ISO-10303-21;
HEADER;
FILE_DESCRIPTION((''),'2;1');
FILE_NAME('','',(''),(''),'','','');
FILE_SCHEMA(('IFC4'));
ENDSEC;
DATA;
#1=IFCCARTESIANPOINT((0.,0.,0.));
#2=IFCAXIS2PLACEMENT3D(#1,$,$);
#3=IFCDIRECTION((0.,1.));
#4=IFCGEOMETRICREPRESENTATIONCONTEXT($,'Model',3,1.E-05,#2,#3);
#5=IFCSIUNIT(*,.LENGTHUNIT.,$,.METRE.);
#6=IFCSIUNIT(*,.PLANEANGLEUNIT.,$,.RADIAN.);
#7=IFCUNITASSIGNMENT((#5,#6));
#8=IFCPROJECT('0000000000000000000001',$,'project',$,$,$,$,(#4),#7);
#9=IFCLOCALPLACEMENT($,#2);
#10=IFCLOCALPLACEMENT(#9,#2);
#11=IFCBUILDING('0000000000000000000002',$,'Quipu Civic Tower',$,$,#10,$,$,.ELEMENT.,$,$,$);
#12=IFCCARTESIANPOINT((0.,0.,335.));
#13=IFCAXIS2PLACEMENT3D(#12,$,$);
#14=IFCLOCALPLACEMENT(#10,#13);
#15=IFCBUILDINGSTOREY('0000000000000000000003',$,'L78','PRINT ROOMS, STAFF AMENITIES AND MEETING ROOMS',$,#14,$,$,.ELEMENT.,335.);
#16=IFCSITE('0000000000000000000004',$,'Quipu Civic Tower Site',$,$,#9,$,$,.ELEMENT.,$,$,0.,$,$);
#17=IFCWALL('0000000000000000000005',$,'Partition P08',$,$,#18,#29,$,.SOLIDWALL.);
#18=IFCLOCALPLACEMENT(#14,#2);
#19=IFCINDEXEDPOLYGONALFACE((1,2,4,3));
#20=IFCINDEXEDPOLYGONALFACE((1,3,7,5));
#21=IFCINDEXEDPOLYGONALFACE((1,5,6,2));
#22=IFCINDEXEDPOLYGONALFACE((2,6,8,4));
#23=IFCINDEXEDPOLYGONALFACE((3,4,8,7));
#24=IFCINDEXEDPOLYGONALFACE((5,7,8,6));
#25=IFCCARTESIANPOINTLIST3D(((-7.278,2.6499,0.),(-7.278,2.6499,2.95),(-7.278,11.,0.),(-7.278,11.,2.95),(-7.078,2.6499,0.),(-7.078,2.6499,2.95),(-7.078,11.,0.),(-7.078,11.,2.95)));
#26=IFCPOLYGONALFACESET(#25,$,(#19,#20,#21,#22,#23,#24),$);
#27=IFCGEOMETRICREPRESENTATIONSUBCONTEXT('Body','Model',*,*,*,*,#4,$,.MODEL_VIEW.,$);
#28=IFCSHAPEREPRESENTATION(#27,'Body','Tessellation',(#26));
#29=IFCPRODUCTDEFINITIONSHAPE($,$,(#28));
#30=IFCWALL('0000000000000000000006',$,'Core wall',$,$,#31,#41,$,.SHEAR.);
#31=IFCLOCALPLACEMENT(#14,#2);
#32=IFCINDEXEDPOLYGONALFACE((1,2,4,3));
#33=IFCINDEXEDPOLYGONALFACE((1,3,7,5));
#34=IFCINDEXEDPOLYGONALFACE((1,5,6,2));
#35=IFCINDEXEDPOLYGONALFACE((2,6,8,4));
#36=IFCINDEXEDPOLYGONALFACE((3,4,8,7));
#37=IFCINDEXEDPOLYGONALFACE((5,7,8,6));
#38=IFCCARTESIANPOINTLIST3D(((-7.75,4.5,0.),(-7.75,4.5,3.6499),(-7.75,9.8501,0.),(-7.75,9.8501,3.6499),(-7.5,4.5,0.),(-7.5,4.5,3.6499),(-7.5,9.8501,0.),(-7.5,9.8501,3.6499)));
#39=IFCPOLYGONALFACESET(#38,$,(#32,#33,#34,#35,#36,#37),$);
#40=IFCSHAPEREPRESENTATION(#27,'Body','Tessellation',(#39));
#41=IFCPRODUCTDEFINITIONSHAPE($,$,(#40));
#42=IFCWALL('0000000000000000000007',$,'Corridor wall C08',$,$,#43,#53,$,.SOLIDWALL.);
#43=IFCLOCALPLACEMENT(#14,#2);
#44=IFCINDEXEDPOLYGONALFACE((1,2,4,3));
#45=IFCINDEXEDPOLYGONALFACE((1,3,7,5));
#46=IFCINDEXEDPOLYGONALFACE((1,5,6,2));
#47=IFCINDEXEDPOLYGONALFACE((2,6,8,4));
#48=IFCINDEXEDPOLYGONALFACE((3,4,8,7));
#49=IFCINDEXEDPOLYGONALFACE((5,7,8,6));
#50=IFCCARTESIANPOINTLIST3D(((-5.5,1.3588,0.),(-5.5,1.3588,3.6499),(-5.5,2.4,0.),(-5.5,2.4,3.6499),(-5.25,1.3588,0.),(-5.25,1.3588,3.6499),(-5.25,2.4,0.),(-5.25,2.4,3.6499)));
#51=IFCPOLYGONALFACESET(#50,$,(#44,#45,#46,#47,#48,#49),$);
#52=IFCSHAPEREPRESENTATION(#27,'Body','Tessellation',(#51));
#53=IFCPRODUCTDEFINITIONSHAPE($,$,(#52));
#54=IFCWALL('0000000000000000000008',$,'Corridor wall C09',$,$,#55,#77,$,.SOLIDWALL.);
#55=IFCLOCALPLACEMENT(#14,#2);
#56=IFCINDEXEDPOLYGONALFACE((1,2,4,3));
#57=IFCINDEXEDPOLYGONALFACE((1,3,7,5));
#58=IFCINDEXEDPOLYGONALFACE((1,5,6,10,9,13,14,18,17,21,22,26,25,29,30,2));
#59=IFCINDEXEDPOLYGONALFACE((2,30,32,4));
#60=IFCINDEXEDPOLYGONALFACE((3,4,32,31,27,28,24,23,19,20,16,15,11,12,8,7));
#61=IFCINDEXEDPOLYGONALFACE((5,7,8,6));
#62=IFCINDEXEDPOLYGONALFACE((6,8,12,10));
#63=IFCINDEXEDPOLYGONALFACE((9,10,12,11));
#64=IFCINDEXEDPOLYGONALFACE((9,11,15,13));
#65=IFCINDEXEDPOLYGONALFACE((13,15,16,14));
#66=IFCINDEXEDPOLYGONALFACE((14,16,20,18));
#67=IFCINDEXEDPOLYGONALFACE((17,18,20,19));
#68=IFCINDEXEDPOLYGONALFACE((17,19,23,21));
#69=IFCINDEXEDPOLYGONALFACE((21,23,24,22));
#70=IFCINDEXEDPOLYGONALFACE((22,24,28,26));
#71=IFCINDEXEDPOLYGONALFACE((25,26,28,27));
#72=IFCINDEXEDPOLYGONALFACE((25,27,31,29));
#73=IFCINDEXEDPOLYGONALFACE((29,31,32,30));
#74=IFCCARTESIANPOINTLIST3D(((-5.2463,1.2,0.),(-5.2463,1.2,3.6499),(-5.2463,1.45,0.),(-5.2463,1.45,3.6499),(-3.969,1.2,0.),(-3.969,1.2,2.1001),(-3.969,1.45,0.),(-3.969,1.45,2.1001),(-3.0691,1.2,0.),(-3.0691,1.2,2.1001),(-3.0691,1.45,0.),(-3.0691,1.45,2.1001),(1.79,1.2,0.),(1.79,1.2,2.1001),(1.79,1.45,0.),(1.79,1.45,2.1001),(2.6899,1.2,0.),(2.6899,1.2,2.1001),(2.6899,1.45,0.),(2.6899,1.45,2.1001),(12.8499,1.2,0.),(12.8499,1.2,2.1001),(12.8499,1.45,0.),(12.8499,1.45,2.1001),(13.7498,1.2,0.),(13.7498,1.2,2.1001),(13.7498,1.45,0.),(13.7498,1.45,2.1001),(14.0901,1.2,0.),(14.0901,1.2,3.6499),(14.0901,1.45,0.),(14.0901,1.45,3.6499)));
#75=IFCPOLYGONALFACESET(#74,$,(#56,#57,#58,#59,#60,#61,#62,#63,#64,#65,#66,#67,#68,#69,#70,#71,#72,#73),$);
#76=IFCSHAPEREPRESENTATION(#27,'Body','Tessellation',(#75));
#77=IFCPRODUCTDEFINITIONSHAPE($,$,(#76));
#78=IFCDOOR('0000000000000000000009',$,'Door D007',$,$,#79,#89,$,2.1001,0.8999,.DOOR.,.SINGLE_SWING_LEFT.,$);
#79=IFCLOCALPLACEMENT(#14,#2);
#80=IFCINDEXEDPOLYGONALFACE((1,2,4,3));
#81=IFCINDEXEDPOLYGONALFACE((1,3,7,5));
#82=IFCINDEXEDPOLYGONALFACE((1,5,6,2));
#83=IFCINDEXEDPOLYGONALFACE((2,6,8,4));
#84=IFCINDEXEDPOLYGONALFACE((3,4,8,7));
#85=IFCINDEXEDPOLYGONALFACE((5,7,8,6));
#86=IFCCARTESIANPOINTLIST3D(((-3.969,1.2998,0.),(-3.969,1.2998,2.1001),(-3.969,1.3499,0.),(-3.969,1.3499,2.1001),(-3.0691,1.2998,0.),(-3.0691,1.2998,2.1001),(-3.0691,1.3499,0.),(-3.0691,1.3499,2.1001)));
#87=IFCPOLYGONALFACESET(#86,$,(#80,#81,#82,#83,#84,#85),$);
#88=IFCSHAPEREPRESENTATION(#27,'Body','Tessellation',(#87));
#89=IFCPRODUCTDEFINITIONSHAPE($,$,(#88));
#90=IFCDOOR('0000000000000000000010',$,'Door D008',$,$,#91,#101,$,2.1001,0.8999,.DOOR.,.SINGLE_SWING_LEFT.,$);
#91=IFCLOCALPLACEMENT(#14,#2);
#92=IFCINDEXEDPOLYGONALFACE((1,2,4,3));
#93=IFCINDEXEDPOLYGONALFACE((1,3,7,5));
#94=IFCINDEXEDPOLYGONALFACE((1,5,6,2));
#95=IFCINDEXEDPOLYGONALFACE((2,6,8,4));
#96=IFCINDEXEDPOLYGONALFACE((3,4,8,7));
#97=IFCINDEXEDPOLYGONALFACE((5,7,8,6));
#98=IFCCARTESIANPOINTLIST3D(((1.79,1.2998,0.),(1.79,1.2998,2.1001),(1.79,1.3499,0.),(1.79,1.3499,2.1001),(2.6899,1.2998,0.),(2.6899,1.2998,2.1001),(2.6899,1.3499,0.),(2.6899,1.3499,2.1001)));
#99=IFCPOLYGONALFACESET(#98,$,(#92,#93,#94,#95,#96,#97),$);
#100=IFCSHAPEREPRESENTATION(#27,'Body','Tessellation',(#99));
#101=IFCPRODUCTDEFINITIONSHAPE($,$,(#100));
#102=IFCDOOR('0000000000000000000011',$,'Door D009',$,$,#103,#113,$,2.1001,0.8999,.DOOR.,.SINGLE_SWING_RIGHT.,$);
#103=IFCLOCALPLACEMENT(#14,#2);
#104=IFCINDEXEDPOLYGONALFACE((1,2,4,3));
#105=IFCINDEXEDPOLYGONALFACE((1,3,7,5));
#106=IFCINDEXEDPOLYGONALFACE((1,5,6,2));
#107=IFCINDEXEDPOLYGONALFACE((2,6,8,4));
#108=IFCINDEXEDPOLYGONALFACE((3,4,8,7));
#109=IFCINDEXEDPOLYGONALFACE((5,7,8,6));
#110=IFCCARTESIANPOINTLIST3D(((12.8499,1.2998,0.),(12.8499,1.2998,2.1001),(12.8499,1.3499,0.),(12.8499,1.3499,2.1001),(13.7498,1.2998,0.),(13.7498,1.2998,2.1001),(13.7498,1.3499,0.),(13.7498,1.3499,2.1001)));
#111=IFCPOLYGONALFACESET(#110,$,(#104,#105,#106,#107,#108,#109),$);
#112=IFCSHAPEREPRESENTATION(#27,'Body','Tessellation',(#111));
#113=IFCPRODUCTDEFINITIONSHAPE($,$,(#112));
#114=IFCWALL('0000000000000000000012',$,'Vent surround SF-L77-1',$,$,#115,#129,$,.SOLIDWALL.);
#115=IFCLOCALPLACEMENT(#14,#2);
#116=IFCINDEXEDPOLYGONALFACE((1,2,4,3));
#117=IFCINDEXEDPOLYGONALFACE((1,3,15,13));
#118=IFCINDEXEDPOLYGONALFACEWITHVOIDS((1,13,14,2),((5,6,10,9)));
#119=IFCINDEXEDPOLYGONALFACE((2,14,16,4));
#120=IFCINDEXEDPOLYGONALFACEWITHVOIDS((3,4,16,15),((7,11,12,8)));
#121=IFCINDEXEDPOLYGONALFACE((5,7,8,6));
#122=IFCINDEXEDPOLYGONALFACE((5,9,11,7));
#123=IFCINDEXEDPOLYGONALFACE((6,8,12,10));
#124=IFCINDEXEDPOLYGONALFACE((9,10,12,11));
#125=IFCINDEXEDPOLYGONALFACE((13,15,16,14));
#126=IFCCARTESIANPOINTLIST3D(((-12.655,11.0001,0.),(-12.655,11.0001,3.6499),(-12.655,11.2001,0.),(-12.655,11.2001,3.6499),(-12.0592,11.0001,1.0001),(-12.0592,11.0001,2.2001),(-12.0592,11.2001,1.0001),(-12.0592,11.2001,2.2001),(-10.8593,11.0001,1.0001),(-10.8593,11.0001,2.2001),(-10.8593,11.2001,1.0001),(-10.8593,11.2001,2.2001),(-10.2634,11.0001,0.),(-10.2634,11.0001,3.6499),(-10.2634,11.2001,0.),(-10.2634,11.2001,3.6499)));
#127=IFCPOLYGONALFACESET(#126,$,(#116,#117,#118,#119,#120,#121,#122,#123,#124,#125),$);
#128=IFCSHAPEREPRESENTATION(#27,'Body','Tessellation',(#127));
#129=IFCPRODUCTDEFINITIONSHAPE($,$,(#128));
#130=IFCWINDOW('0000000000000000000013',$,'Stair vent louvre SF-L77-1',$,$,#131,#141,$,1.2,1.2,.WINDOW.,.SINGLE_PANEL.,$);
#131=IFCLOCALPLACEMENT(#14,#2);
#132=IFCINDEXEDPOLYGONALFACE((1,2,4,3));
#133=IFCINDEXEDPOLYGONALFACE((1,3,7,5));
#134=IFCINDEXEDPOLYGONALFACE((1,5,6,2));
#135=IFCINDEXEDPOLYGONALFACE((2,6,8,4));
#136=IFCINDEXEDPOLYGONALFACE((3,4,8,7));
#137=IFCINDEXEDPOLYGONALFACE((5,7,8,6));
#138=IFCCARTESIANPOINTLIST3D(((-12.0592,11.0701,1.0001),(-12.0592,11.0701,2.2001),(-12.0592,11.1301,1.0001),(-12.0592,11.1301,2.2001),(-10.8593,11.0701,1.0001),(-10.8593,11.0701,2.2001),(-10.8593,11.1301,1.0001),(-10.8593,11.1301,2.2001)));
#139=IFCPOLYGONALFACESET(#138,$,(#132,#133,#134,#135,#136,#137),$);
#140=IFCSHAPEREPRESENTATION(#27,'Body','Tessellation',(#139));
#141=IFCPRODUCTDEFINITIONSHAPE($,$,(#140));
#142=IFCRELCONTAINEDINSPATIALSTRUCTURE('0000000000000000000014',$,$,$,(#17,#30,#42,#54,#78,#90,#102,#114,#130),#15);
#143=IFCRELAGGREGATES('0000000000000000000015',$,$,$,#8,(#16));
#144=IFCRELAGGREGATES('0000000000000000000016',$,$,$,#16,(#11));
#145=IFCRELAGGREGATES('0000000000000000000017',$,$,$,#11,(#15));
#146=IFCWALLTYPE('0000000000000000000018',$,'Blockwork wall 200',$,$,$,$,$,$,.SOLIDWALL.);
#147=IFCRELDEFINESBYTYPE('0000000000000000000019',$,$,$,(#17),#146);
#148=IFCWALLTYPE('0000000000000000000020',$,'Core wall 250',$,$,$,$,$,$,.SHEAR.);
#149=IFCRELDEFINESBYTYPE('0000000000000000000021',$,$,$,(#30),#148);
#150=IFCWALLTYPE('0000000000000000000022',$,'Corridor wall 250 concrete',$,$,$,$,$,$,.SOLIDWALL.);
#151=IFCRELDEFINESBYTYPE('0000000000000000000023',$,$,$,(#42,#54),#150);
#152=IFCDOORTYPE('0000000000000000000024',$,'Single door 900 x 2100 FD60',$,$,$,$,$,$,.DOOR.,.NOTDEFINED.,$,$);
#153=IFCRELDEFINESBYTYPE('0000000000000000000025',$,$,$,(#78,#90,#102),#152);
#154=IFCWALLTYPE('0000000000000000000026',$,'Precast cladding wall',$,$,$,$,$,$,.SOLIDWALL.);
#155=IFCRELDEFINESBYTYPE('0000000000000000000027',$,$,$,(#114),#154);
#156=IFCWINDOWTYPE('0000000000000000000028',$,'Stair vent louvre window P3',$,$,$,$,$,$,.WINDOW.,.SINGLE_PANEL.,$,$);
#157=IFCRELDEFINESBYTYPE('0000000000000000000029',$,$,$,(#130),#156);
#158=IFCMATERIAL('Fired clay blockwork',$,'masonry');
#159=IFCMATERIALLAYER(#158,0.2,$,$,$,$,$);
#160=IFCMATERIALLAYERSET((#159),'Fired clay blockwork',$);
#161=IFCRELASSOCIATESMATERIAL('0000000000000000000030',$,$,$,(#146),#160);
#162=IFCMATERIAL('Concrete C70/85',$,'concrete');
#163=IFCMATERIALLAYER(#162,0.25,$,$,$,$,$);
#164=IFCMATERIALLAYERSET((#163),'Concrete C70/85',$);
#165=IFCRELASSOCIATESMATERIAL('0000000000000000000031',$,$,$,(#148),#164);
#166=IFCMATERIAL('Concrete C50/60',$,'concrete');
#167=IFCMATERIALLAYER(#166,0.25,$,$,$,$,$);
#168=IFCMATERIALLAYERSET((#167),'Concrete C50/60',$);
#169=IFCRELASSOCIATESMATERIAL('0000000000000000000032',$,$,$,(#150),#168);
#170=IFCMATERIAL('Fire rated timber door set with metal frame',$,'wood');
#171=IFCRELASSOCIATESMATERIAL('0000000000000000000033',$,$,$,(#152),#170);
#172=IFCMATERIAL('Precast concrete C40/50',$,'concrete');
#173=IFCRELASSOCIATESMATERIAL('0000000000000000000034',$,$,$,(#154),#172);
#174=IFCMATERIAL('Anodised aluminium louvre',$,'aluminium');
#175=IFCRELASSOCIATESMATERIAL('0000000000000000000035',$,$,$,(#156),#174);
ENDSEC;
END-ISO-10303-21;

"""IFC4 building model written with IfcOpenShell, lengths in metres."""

from ifc_helpers import new_model, si_unit, direction, frame, frame_2d, origin, place, context, subcontext, project, spatial, rectangle, extrude, material, layer, layer_set, type_object, element, fill, save


model = new_model("IFC4")

# Units and contexts
model_context = context("Model", 3, precision=1e-05, world=origin(), true_north=direction((0.0, 1.0)))
body_context = subcontext(model_context, "Body", "Model", "MODEL_VIEW")
ifc_project = project(units=[si_unit("LENGTHUNIT", "METRE"), si_unit("PLANEANGLEUNIT", "RADIAN")], contexts=[model_context])

# Site, building, storey
site_placement = place(None, origin())
site = spatial("IfcSite", under=ifc_project, at=site_placement, Name="Quipu Civic Tower Site", CompositionType="ELEMENT", RefElevation=0.0)
building_placement = place(site_placement, origin())
building = spatial("IfcBuilding", under=site, at=building_placement, Name="Quipu Civic Tower", CompositionType="ELEMENT")
storey_placement = place(building_placement, frame((0.0, 0.0, 335.0)))
storey = spatial("IfcBuildingStorey", under=building, at=storey_placement, Name="L78", Description="PRINT ROOMS, STAFF AMENITIES AND MEETING ROOMS", CompositionType="ELEMENT", Elevation=335.0)

# Walls
ifc_material_1 = material(Name="Fired clay blockwork", Category="masonry")
ifc_layer_1 = layer(ifc_material_1, 0.2)
ifc_layer_set_1 = layer_set([ifc_layer_1], Name="Fired clay blockwork")
wall_type_1 = type_object("IfcWallType", Name="Blockwork wall 200", PredefinedType="SOLIDWALL", material=ifc_layer_set_1)
wall_1_placement = place(storey_placement, frame((-7.178, 11.0, 0.0), z_axis=(0.0, 0.0, 1.0), x_axis=(0.0, -1.0, 0.0)))
element("IfcWall", 1, at=wall_1_placement, inside=storey, type_object=wall_type_1, Name="Partition P08", PredefinedType="SOLIDWALL", context=body_context, shape_type="SweptSolid", body=[
    extrude(rectangle(XDim=8.3501, YDim=0.2, at=frame_2d((4.175, 0.0))), origin(), (0.0, 0.0, 1.0), 2.95),
])
ifc_material_2 = material(Name="Concrete C70/85", Category="concrete")
ifc_layer_2 = layer(ifc_material_2, 0.25)
ifc_layer_set_2 = layer_set([ifc_layer_2], Name="Concrete C70/85")
wall_type_2 = type_object("IfcWallType", Name="Core wall 250", PredefinedType="SHEAR", material=ifc_layer_set_2)
wall_2_placement = place(storey_placement, frame((-7.625, 4.5, 0.0), z_axis=(0.0, 0.0, 1.0), x_axis=(0.0, 1.0, 0.0)))
element("IfcWall", 2, at=wall_2_placement, inside=storey, type_object=wall_type_2, Name="Core wall", PredefinedType="SHEAR", context=body_context, shape_type="SweptSolid", body=[
    extrude(rectangle(XDim=5.3501, YDim=0.25, at=frame_2d((2.675, 0.0))), origin(), (0.0, 0.0, 1.0), 3.6499),
])
ifc_material_3 = material(Name="Concrete C50/60", Category="concrete")
ifc_layer_3 = layer(ifc_material_3, 0.25)
ifc_layer_set_3 = layer_set([ifc_layer_3], Name="Concrete C50/60")
wall_type_3 = type_object("IfcWallType", Name="Corridor wall 250 concrete", PredefinedType="SOLIDWALL", material=ifc_layer_set_3)
wall_3_placement = place(storey_placement, frame((-5.375, 2.3999, 0.0), z_axis=(0.0, 0.0, 1.0), x_axis=(0.0, -1.0, 0.0)))
element("IfcWall", 3, at=wall_3_placement, inside=storey, type_object=wall_type_3, Name="Corridor wall C08", PredefinedType="SOLIDWALL", context=body_context, shape_type="SweptSolid", body=[
    extrude(rectangle(XDim=1.0413, YDim=0.25, at=frame_2d((0.5205, 0.0))), origin(), (0.0, 0.0, 1.0), 3.6499),
])

# Wall, openings, doors
wall_4_placement = place(storey_placement, frame((-5.2463, 1.325, 0.0), z_axis=(0.0, 0.0, 1.0), x_axis=(1.0, 0.0, 0.0)))
wall_4 = element("IfcWall", 4, at=wall_4_placement, inside=storey, type_object=wall_type_3, Name="Corridor wall C09", PredefinedType="SOLIDWALL", context=body_context, shape_type="SweptSolid", body=[
    extrude(rectangle(XDim=19.3364, YDim=0.25, at=frame_2d((9.6682, 0.0))), origin(), (0.0, 0.0, 1.0), 3.6499),
])
opening_1_placement = place(wall_4_placement, frame((1.2773, 0.0, 0.0)))
opening_1 = element("IfcOpeningElement", 5, at=opening_1_placement, cuts=wall_4, PredefinedType="OPENING", context=body_context, shape_type="SweptSolid", body=[
    extrude(rectangle(XDim=0.8999, YDim=2.1001, at=frame_2d((0.45, 1.05))), frame((0.0, 0.135, 0.0), z_axis=(0.0, -1.0, 0.0), x_axis=(1.0, 0.0, 0.0)), (0.0, 0.0, 1.0), 0.27),
])
opening_2_placement = place(wall_4_placement, frame((7.0364, 0.0, 0.0)))
opening_2 = element("IfcOpeningElement", 6, at=opening_2_placement, cuts=wall_4, PredefinedType="OPENING", context=body_context, shape_type="SweptSolid", body=[
    extrude(rectangle(XDim=0.8999, YDim=2.1001, at=frame_2d((0.45, 1.05))), frame((0.0, 0.135, 0.0), z_axis=(0.0, -1.0, 0.0), x_axis=(1.0, 0.0, 0.0)), (0.0, 0.0, 1.0), 0.27),
])
opening_3_placement = place(wall_4_placement, frame((18.0962, 0.0, 0.0)))
opening_3 = element("IfcOpeningElement", 7, at=opening_3_placement, cuts=wall_4, PredefinedType="OPENING", context=body_context, shape_type="SweptSolid", body=[
    extrude(rectangle(XDim=0.8999, YDim=2.1001, at=frame_2d((0.45, 1.05))), frame((0.0, 0.135, 0.0), z_axis=(0.0, -1.0, 0.0), x_axis=(1.0, 0.0, 0.0)), (0.0, 0.0, 1.0), 0.27),
])
ifc_material_4 = material(Name="Fire rated timber door set with metal frame", Category="wood")
door_type = type_object("IfcDoorType", Name="Single door 900 x 2100 FD60", OperationType="NOTDEFINED", PredefinedType="DOOR", material=ifc_material_4)
door_1_placement = place(opening_1_placement, origin())
door_1 = element("IfcDoor", 8, at=door_1_placement, inside=storey, type_object=door_type, Name="Door D007", OperationType="SINGLE_SWING_LEFT", OverallHeight=2.1001, OverallWidth=0.8999, PredefinedType="DOOR", context=body_context, shape_type="SweptSolid", body=[
    extrude(rectangle(XDim=0.8999, YDim=2.1001, at=frame_2d((0.45, 1.05))), frame((0.0, 0.0249, 0.0), z_axis=(0.0, -1.0, 0.0), x_axis=(1.0, 0.0, 0.0)), (0.0, 0.0, 1.0), 0.05),
])
fill(opening_1, door_1)
door_2_placement = place(opening_2_placement, origin())
door_2 = element("IfcDoor", 9, at=door_2_placement, inside=storey, type_object=door_type, Name="Door D008", OperationType="SINGLE_SWING_LEFT", OverallHeight=2.1001, OverallWidth=0.8999, PredefinedType="DOOR", context=body_context, shape_type="SweptSolid", body=[
    extrude(rectangle(XDim=0.8999, YDim=2.1001, at=frame_2d((0.45, 1.05))), frame((0.0, 0.0249, 0.0), z_axis=(0.0, -1.0, 0.0), x_axis=(1.0, 0.0, 0.0)), (0.0, 0.0, 1.0), 0.05),
])
fill(opening_2, door_2)
door_3_placement = place(opening_3_placement, origin())
door_3 = element("IfcDoor", 10, at=door_3_placement, inside=storey, type_object=door_type, Name="Door D009", OperationType="SINGLE_SWING_RIGHT", OverallHeight=2.1001, OverallWidth=0.8999, PredefinedType="DOOR", context=body_context, shape_type="SweptSolid", body=[
    extrude(rectangle(XDim=0.8999, YDim=2.1001, at=frame_2d((0.45, 1.05))), frame((0.0, 0.0249, 0.0), z_axis=(0.0, -1.0, 0.0), x_axis=(1.0, 0.0, 0.0)), (0.0, 0.0, 1.0), 0.05),
])
fill(opening_3, door_3)

# Wall, opening, window
ifc_material_5 = material(Name="Precast concrete C40/50", Category="concrete")
wall_type_4 = type_object("IfcWallType", Name="Precast cladding wall", PredefinedType="SOLIDWALL", material=ifc_material_5)
wall_5_placement = place(storey_placement, frame((-10.2634, 11.1001, 0.0), z_axis=(0.0, 0.0, 1.0), x_axis=(-1.0, 0.0, 0.0)))
wall_5 = element("IfcWall", 11, at=wall_5_placement, inside=storey, type_object=wall_type_4, Name="Vent surround SF-L77-1", PredefinedType="SOLIDWALL", context=body_context, shape_type="SweptSolid", body=[
    extrude(rectangle(XDim=2.3916, YDim=0.2, at=frame_2d((1.1958, 0.0))), origin(), (0.0, 0.0, 1.0), 3.6499),
])
opening_4_placement = place(wall_5_placement, frame((0.5957, 0.0, 1.0)))
opening_4 = element("IfcOpeningElement", 12, at=opening_4_placement, cuts=wall_5, PredefinedType="OPENING", context=body_context, shape_type="SweptSolid", body=[
    extrude(rectangle(XDim=1.2, YDim=1.2, at=frame_2d((0.6001, 0.6001))), frame((0.0, 0.1099, 0.0), z_axis=(0.0, -1.0, 0.0), x_axis=(1.0, 0.0, 0.0)), (0.0, 0.0, 1.0), 0.22),
])
ifc_material_6 = material(Name="Anodised aluminium louvre", Category="aluminium")
window_type = type_object("IfcWindowType", Name="Stair vent louvre window P3", PartitioningType="SINGLE_PANEL", PredefinedType="WINDOW", material=ifc_material_6)
window_placement = place(opening_4_placement, origin())
window = element("IfcWindow", 13, at=window_placement, inside=storey, type_object=window_type, Name="Stair vent louvre SF-L77-1", OverallHeight=1.2, OverallWidth=1.2, PartitioningType="SINGLE_PANEL", PredefinedType="WINDOW", context=body_context, shape_type="SweptSolid", body=[
    extrude(rectangle(XDim=1.2, YDim=1.2, at=frame_2d((0.6001, 0.6001))), frame((0.0, 0.03, 0.0), z_axis=(0.0, -1.0, 0.0), x_axis=(1.0, 0.0, 0.0)), (0.0, 0.0, 1.0), 0.0601),
])
fill(opening_4, window)

save(model, "model.ifc")
